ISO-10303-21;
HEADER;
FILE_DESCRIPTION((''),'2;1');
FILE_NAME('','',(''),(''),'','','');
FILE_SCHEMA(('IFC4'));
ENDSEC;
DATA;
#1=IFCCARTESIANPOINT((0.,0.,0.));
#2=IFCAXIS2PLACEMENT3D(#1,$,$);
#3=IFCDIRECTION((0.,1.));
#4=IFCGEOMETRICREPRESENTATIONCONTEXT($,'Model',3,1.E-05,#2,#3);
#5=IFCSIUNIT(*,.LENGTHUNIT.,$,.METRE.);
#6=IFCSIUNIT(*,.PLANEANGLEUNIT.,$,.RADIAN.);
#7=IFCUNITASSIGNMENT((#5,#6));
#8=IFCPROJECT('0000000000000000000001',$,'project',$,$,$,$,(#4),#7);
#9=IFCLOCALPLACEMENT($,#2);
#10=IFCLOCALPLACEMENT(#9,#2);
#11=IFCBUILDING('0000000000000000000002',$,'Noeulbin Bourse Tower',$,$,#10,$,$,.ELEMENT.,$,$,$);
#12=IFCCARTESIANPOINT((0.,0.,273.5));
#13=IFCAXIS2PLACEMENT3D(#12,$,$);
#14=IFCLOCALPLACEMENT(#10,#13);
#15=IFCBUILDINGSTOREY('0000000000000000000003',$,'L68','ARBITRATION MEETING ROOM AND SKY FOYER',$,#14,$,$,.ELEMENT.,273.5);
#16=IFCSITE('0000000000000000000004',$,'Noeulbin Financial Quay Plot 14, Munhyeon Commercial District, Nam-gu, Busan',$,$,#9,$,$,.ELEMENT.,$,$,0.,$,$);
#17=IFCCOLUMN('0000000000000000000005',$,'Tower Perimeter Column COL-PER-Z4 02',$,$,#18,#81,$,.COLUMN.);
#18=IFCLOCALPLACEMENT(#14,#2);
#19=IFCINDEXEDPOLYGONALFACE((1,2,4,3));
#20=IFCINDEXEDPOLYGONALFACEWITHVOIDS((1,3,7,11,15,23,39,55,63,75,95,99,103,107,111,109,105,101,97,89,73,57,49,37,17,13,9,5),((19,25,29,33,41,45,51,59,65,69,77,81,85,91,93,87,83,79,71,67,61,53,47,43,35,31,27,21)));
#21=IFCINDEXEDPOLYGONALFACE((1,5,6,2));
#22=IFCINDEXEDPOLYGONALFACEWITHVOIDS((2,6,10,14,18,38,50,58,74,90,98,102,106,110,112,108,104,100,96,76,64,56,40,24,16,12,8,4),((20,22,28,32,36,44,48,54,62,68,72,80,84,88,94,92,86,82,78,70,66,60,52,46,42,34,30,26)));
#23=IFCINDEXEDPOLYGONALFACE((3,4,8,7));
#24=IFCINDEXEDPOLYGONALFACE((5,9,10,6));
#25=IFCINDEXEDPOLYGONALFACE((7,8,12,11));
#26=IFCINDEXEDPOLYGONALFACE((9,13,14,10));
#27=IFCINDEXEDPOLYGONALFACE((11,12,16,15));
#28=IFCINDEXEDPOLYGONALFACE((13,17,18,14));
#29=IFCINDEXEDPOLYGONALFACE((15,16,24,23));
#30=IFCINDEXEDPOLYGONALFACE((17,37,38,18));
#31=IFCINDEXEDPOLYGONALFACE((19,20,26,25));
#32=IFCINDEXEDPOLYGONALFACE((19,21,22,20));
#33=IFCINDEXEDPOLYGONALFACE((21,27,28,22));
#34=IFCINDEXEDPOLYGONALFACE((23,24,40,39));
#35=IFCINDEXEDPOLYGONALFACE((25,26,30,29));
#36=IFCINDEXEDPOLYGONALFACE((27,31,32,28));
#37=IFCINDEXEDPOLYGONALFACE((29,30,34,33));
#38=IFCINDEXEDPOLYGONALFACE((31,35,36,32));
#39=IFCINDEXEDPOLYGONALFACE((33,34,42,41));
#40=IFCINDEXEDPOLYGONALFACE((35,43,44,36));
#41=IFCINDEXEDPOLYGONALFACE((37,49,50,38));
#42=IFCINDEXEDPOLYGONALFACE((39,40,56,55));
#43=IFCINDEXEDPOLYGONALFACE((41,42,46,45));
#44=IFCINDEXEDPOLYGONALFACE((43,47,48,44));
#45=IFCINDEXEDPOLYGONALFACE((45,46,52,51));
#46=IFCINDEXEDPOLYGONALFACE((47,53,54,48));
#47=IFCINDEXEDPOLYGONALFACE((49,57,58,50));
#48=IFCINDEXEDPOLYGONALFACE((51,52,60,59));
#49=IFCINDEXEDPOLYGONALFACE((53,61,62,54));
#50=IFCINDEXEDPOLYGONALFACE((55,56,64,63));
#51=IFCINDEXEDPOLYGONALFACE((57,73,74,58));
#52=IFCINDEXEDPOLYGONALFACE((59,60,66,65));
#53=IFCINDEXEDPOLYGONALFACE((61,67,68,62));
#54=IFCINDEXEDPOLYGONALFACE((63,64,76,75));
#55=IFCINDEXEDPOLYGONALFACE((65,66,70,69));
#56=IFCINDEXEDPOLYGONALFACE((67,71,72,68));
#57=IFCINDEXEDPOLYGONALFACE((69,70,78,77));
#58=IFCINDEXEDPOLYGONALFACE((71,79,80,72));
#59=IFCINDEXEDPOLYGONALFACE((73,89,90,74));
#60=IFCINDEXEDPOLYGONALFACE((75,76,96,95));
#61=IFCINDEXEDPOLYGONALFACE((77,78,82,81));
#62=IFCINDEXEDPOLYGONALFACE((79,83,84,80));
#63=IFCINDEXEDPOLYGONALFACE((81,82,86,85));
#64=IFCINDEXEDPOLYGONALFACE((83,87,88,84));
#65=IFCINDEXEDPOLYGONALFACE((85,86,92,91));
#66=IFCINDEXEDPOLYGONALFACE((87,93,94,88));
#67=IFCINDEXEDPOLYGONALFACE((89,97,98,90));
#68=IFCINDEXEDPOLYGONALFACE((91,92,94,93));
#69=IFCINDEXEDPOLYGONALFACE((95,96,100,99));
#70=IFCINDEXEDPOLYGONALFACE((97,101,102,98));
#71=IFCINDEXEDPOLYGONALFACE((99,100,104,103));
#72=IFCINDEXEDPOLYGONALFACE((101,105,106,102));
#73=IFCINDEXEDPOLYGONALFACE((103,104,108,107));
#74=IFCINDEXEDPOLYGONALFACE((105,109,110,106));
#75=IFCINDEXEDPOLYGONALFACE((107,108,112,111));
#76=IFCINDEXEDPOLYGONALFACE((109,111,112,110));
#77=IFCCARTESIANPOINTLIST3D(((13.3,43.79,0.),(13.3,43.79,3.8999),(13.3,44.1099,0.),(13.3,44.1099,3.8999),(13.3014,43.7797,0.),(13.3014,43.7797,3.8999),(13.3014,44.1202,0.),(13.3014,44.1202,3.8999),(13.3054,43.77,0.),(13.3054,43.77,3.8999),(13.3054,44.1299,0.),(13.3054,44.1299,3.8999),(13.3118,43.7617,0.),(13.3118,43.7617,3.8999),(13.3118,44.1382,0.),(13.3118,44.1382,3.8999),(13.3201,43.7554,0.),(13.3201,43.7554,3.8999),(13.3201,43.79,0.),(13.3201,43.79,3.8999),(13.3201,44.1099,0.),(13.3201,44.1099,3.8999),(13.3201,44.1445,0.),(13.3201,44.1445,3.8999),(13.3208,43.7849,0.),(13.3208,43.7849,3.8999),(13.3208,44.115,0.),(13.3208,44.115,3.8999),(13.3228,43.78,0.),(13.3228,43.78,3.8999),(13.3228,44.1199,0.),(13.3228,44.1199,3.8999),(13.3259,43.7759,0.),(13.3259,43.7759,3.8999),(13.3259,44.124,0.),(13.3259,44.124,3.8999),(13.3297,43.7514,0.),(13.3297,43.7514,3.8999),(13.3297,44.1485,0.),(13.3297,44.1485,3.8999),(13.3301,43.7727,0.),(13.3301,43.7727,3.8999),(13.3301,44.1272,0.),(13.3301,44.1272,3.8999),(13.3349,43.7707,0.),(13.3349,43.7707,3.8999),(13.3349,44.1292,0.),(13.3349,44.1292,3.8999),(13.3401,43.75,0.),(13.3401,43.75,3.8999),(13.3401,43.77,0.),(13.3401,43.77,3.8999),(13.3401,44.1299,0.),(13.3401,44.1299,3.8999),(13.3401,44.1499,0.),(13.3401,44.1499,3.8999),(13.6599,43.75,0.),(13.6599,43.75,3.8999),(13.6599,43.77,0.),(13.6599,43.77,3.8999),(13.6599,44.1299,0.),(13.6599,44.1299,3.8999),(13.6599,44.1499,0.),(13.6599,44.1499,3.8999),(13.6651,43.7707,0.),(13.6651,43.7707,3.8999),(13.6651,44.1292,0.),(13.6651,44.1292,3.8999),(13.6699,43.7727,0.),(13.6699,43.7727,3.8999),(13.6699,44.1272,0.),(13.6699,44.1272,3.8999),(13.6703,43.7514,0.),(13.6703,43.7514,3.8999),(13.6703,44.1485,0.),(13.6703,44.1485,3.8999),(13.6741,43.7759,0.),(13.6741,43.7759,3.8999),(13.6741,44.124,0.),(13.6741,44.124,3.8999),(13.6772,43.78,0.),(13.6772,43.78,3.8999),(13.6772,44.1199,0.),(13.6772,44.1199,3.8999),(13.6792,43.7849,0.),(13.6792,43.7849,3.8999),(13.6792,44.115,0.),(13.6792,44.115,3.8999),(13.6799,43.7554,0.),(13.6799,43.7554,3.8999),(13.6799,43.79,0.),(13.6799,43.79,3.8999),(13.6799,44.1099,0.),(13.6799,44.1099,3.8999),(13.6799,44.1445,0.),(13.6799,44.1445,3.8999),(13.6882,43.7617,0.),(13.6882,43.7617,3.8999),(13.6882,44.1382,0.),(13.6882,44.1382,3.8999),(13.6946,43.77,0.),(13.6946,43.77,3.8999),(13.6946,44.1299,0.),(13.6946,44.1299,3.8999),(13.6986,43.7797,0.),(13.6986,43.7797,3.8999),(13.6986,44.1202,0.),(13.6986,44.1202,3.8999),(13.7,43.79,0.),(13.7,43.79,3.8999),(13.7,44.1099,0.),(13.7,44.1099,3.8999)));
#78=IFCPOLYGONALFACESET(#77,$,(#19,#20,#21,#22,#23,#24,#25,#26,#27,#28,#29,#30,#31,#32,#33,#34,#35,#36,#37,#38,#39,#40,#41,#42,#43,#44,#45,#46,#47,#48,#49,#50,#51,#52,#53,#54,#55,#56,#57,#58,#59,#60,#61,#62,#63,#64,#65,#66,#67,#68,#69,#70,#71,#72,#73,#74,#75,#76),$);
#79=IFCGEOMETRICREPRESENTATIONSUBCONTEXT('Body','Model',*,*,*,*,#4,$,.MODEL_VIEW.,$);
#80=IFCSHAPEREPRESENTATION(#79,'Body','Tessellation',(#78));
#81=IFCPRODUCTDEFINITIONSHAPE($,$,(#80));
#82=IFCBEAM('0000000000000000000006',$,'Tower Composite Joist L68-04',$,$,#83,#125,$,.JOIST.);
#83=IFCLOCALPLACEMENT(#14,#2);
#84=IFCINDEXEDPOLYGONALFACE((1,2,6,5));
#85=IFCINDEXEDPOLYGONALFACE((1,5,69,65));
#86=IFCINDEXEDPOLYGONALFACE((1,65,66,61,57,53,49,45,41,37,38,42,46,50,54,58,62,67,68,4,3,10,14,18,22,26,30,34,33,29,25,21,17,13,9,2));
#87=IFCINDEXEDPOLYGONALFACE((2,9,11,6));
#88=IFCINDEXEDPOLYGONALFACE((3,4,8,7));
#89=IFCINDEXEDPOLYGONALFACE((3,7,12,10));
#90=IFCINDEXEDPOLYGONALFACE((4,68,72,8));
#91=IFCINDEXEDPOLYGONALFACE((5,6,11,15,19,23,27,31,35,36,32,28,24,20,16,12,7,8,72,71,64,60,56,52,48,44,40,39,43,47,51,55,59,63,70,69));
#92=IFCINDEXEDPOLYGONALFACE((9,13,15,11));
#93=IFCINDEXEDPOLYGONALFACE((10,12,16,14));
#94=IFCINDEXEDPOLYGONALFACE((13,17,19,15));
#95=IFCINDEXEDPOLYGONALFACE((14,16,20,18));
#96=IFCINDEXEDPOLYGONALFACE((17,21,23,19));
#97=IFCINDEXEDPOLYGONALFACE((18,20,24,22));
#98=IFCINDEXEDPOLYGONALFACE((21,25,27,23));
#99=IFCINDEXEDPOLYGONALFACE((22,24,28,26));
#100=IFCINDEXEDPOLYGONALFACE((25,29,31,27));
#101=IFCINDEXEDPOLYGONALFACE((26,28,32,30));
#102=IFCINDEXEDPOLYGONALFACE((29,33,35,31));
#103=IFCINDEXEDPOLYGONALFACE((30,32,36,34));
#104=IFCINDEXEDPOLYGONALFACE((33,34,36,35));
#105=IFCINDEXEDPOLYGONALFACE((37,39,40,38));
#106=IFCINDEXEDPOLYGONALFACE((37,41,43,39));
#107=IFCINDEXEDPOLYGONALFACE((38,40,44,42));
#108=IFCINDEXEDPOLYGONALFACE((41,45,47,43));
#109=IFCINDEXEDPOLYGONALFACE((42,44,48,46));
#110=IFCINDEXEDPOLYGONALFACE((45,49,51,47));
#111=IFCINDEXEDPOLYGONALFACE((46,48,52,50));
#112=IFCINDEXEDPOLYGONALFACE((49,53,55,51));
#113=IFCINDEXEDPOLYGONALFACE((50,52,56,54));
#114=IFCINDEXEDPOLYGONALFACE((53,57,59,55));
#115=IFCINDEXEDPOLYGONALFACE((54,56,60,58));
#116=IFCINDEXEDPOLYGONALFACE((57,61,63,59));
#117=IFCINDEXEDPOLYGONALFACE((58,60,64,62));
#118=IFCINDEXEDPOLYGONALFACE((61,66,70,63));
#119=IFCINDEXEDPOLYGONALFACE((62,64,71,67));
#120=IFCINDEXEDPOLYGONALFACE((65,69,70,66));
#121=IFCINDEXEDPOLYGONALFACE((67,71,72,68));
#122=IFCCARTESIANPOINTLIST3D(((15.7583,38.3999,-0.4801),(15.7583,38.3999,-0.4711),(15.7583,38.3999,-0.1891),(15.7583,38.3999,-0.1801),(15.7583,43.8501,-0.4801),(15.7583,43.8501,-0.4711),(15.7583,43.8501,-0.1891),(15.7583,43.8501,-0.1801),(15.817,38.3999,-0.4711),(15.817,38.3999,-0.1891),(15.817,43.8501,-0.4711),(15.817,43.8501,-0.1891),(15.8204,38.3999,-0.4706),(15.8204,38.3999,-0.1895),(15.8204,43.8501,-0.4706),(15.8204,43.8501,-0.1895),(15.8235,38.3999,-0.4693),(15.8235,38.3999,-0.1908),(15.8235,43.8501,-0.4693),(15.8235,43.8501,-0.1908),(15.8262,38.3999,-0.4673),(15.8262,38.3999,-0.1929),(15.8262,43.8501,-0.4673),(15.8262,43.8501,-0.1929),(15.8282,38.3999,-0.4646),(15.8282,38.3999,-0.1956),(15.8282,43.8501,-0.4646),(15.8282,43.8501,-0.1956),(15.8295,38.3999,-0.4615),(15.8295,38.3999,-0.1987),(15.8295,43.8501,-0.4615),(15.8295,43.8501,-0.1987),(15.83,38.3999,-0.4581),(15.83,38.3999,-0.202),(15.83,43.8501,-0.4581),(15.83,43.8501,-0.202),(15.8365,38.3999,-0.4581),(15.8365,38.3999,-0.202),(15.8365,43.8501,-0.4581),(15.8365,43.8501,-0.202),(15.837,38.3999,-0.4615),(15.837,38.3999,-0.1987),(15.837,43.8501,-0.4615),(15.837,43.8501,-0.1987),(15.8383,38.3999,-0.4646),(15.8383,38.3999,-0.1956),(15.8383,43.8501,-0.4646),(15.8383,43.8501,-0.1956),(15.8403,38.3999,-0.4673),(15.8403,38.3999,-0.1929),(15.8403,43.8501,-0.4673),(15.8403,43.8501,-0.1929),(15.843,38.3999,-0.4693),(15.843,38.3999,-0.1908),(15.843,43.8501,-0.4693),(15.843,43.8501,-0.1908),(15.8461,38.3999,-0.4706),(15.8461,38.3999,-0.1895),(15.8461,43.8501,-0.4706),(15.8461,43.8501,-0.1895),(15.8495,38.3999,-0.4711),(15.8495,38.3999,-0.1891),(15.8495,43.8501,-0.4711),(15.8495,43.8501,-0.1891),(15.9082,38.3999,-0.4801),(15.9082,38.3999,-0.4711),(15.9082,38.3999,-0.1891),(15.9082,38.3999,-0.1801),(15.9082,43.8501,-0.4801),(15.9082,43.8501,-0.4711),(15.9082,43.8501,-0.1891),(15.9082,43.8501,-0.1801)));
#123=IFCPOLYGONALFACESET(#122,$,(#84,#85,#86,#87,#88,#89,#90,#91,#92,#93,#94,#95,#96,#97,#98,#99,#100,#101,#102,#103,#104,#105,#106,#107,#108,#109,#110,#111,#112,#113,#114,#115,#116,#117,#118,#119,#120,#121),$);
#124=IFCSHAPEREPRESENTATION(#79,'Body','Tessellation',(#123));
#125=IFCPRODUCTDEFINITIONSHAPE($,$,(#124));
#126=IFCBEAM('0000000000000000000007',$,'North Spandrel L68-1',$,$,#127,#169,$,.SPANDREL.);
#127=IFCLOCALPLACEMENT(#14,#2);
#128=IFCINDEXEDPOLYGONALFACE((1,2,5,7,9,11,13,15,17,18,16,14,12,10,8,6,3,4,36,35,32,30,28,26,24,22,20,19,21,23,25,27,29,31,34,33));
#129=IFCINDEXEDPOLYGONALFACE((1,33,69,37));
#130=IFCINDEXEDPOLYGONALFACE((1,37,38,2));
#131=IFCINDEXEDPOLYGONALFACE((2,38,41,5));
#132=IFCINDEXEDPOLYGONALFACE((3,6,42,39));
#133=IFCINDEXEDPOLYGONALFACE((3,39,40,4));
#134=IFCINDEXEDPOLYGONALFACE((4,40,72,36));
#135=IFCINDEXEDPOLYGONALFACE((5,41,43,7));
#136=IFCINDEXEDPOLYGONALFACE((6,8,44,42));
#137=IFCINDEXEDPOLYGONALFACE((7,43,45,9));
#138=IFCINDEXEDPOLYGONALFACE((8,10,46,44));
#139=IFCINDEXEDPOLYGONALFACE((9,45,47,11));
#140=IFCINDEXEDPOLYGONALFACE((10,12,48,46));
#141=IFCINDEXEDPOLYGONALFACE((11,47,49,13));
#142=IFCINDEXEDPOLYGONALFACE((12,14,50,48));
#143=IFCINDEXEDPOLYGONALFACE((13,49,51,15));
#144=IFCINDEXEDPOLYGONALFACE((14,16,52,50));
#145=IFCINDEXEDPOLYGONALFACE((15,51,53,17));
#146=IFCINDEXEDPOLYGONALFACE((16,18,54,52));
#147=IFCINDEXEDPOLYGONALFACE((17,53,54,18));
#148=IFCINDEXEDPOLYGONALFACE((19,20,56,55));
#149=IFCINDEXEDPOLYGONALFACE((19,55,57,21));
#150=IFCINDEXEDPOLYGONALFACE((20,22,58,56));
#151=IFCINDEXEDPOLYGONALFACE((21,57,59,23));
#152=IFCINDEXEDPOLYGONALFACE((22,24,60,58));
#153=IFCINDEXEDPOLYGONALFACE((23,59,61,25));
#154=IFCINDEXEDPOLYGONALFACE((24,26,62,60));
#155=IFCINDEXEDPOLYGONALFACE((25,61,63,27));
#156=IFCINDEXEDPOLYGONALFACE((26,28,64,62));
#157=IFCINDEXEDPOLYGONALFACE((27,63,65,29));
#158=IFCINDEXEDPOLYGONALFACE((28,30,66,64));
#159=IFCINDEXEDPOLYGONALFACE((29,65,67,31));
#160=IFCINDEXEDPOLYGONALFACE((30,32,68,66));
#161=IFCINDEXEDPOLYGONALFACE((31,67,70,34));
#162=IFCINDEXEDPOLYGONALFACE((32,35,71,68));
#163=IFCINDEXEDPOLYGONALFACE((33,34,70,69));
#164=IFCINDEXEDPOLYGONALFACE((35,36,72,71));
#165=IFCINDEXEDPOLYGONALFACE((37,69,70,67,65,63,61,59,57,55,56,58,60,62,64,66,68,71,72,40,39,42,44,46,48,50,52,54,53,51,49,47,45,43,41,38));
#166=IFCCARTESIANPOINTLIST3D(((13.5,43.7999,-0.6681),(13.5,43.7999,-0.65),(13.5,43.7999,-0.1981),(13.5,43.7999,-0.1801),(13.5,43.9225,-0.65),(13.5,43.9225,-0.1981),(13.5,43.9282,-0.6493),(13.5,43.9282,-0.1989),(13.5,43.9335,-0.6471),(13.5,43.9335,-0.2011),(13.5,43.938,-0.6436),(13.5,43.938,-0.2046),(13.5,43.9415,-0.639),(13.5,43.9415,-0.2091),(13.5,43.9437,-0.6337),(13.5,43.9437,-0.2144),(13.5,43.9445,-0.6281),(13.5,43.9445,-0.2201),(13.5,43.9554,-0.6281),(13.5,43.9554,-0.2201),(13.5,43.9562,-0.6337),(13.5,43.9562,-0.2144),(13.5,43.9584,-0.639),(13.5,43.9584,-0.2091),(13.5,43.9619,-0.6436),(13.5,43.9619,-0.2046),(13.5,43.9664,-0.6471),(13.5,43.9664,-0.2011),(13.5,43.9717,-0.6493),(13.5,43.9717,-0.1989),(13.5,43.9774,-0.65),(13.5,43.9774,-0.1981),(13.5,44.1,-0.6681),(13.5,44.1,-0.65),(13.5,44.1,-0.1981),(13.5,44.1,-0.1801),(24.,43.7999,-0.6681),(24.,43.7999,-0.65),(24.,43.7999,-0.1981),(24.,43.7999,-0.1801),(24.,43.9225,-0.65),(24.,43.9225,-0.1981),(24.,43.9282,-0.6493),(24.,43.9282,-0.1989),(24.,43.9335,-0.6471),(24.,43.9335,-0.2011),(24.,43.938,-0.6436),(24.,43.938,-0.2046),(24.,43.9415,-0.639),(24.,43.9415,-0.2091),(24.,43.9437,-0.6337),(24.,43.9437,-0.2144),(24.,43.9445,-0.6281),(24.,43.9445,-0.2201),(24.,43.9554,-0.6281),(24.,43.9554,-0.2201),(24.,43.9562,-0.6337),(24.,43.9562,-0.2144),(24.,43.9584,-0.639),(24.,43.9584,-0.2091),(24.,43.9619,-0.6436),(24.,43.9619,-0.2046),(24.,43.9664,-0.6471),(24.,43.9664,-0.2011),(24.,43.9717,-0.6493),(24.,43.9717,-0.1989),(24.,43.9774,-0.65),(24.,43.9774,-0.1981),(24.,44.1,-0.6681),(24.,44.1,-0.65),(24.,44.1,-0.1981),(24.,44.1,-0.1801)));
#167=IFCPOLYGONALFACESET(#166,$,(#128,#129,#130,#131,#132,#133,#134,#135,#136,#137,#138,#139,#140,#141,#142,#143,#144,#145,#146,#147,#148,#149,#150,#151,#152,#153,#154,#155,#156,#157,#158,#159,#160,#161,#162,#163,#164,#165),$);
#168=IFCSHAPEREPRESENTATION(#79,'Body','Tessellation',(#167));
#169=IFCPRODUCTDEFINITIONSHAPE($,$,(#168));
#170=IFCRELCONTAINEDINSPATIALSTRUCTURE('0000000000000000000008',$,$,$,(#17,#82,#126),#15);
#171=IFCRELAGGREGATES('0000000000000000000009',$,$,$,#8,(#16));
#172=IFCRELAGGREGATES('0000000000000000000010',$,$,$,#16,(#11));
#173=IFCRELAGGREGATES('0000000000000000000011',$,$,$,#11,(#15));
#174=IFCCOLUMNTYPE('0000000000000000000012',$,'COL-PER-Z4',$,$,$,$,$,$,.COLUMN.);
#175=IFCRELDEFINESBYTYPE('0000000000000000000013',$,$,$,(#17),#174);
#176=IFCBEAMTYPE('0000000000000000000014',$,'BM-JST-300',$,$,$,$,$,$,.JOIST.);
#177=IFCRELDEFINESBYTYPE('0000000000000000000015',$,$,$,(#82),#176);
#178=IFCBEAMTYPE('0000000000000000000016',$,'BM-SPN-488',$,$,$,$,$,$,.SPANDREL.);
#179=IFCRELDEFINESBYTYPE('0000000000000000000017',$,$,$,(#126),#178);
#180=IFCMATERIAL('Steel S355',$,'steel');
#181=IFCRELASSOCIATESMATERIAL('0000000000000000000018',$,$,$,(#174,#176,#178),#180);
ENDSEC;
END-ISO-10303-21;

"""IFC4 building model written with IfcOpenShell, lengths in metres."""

from ifc_helpers import new_model, si_unit, direction, frame, origin, origin_2d, place, context, subcontext, project, spatial, hollow_rectangle, i_section, extrude, material, material_profile, profile_set, type_object, element, save


model = new_model("IFC4")

# Units and contexts
model_context = context("Model", 3, precision=1e-05, world=origin(), true_north=direction((0.0, 1.0)))
body_context = subcontext(model_context, "Body", "Model", "MODEL_VIEW")
ifc_project = project(units=[si_unit("LENGTHUNIT", "METRE"), si_unit("PLANEANGLEUNIT", "RADIAN")], contexts=[model_context])

# Site, building, storey
site_placement = place(None, origin())
site = spatial("IfcSite", under=ifc_project, at=site_placement, Name="Noeulbin Financial Quay Plot 14, Munhyeon Commercial District, Nam-gu, Busan", CompositionType="ELEMENT", RefElevation=0.0)
building_placement = place(site_placement, origin())
building = spatial("IfcBuilding", under=site, at=building_placement, Name="Noeulbin Bourse Tower", CompositionType="ELEMENT")
storey_placement = place(building_placement, frame((0.0, 0.0, 273.5)))
storey = spatial("IfcBuildingStorey", under=building, at=storey_placement, Name="L68", Description="ARBITRATION MEETING ROOM AND SKY FOYER", CompositionType="ELEMENT", Elevation=273.5)

# Column
ifc_material_1 = material(Name="Steel S355", Category="steel")
ifc_material_profile_1 = material_profile(ifc_material_1, hollow_rectangle(XDim=0.3999, YDim=0.3999, WallThickness=0.02, InnerFilletRadius=0.02, OuterFilletRadius=0.04, at=origin_2d()), Name="SHS-400x400x20", Category="LoadBearing")
ifc_profile_set_1 = profile_set([ifc_material_profile_1], Name="Steel S355")
column_type = type_object("IfcColumnType", Name="COL-PER-Z4", PredefinedType="COLUMN", material=ifc_profile_set_1)
column_placement = place(storey_placement, frame((13.5, 43.95, 0.0), z_axis=(0.0, 0.0, 1.0), x_axis=(1.0, 0.0, 0.0)))
element("IfcColumn", 1, at=column_placement, inside=storey, type_object=column_type, Name="Tower Perimeter Column COL-PER-Z4 02", PredefinedType="COLUMN", context=body_context, shape_type="SweptSolid", body=[
    extrude(hollow_rectangle(XDim=0.3999, YDim=0.3999, WallThickness=0.02, InnerFilletRadius=0.02, OuterFilletRadius=0.04, at=origin_2d()), origin(), (0.0, 0.0, 1.0), 3.8999),
])

# Beams
ifc_material_profile_2 = material_profile(ifc_material_1, i_section(OverallWidth=0.1499, OverallDepth=0.3, WebThickness=0.0066, FlangeThickness=0.009, FilletRadius=0.0129, at=origin_2d()), Name="H-300x150x6.5x9", Category="LoadBearing")
ifc_profile_set_2 = profile_set([ifc_material_profile_2], Name="Steel S355")
beam_type_1 = type_object("IfcBeamType", Name="BM-JST-300", PredefinedType="JOIST", material=ifc_profile_set_2)
beam_1_placement = place(storey_placement, frame((15.8333, 38.3999, -0.3301), z_axis=(0.0, 1.0, 0.0), x_axis=(-1.0, 0.0, 0.0)))
element("IfcBeam", 2, at=beam_1_placement, inside=storey, type_object=beam_type_1, Name="Tower Composite Joist L68-04", PredefinedType="JOIST", context=body_context, shape_type="SweptSolid", body=[
    extrude(i_section(OverallWidth=0.1499, OverallDepth=0.3, WebThickness=0.0066, FlangeThickness=0.009, FilletRadius=0.0129, at=origin_2d()), origin(), (0.0, 0.0, 1.0), 5.4502),
])
ifc_material_profile_3 = material_profile(ifc_material_1, i_section(OverallWidth=0.3, OverallDepth=0.488, WebThickness=0.011, FlangeThickness=0.0181, FilletRadius=0.022, at=origin_2d()), Name="H-488x300x11x18", Category="LoadBearing")
ifc_profile_set_3 = profile_set([ifc_material_profile_3], Name="Steel S355")
beam_type_2 = type_object("IfcBeamType", Name="BM-SPN-488", PredefinedType="SPANDREL", material=ifc_profile_set_3)
beam_2_placement = place(storey_placement, frame((13.5, 43.95, -0.4241), z_axis=(1.0, 0.0, 0.0), x_axis=(0.0, 1.0, 0.0)))
element("IfcBeam", 3, at=beam_2_placement, inside=storey, type_object=beam_type_2, Name="North Spandrel L68-1", PredefinedType="SPANDREL", context=body_context, shape_type="SweptSolid", body=[
    extrude(i_section(OverallWidth=0.3, OverallDepth=0.488, WebThickness=0.011, FlangeThickness=0.0181, FilletRadius=0.022, at=origin_2d()), origin(), (0.0, 0.0, 1.0), 10.5),
])

save(model, "model.ifc")
